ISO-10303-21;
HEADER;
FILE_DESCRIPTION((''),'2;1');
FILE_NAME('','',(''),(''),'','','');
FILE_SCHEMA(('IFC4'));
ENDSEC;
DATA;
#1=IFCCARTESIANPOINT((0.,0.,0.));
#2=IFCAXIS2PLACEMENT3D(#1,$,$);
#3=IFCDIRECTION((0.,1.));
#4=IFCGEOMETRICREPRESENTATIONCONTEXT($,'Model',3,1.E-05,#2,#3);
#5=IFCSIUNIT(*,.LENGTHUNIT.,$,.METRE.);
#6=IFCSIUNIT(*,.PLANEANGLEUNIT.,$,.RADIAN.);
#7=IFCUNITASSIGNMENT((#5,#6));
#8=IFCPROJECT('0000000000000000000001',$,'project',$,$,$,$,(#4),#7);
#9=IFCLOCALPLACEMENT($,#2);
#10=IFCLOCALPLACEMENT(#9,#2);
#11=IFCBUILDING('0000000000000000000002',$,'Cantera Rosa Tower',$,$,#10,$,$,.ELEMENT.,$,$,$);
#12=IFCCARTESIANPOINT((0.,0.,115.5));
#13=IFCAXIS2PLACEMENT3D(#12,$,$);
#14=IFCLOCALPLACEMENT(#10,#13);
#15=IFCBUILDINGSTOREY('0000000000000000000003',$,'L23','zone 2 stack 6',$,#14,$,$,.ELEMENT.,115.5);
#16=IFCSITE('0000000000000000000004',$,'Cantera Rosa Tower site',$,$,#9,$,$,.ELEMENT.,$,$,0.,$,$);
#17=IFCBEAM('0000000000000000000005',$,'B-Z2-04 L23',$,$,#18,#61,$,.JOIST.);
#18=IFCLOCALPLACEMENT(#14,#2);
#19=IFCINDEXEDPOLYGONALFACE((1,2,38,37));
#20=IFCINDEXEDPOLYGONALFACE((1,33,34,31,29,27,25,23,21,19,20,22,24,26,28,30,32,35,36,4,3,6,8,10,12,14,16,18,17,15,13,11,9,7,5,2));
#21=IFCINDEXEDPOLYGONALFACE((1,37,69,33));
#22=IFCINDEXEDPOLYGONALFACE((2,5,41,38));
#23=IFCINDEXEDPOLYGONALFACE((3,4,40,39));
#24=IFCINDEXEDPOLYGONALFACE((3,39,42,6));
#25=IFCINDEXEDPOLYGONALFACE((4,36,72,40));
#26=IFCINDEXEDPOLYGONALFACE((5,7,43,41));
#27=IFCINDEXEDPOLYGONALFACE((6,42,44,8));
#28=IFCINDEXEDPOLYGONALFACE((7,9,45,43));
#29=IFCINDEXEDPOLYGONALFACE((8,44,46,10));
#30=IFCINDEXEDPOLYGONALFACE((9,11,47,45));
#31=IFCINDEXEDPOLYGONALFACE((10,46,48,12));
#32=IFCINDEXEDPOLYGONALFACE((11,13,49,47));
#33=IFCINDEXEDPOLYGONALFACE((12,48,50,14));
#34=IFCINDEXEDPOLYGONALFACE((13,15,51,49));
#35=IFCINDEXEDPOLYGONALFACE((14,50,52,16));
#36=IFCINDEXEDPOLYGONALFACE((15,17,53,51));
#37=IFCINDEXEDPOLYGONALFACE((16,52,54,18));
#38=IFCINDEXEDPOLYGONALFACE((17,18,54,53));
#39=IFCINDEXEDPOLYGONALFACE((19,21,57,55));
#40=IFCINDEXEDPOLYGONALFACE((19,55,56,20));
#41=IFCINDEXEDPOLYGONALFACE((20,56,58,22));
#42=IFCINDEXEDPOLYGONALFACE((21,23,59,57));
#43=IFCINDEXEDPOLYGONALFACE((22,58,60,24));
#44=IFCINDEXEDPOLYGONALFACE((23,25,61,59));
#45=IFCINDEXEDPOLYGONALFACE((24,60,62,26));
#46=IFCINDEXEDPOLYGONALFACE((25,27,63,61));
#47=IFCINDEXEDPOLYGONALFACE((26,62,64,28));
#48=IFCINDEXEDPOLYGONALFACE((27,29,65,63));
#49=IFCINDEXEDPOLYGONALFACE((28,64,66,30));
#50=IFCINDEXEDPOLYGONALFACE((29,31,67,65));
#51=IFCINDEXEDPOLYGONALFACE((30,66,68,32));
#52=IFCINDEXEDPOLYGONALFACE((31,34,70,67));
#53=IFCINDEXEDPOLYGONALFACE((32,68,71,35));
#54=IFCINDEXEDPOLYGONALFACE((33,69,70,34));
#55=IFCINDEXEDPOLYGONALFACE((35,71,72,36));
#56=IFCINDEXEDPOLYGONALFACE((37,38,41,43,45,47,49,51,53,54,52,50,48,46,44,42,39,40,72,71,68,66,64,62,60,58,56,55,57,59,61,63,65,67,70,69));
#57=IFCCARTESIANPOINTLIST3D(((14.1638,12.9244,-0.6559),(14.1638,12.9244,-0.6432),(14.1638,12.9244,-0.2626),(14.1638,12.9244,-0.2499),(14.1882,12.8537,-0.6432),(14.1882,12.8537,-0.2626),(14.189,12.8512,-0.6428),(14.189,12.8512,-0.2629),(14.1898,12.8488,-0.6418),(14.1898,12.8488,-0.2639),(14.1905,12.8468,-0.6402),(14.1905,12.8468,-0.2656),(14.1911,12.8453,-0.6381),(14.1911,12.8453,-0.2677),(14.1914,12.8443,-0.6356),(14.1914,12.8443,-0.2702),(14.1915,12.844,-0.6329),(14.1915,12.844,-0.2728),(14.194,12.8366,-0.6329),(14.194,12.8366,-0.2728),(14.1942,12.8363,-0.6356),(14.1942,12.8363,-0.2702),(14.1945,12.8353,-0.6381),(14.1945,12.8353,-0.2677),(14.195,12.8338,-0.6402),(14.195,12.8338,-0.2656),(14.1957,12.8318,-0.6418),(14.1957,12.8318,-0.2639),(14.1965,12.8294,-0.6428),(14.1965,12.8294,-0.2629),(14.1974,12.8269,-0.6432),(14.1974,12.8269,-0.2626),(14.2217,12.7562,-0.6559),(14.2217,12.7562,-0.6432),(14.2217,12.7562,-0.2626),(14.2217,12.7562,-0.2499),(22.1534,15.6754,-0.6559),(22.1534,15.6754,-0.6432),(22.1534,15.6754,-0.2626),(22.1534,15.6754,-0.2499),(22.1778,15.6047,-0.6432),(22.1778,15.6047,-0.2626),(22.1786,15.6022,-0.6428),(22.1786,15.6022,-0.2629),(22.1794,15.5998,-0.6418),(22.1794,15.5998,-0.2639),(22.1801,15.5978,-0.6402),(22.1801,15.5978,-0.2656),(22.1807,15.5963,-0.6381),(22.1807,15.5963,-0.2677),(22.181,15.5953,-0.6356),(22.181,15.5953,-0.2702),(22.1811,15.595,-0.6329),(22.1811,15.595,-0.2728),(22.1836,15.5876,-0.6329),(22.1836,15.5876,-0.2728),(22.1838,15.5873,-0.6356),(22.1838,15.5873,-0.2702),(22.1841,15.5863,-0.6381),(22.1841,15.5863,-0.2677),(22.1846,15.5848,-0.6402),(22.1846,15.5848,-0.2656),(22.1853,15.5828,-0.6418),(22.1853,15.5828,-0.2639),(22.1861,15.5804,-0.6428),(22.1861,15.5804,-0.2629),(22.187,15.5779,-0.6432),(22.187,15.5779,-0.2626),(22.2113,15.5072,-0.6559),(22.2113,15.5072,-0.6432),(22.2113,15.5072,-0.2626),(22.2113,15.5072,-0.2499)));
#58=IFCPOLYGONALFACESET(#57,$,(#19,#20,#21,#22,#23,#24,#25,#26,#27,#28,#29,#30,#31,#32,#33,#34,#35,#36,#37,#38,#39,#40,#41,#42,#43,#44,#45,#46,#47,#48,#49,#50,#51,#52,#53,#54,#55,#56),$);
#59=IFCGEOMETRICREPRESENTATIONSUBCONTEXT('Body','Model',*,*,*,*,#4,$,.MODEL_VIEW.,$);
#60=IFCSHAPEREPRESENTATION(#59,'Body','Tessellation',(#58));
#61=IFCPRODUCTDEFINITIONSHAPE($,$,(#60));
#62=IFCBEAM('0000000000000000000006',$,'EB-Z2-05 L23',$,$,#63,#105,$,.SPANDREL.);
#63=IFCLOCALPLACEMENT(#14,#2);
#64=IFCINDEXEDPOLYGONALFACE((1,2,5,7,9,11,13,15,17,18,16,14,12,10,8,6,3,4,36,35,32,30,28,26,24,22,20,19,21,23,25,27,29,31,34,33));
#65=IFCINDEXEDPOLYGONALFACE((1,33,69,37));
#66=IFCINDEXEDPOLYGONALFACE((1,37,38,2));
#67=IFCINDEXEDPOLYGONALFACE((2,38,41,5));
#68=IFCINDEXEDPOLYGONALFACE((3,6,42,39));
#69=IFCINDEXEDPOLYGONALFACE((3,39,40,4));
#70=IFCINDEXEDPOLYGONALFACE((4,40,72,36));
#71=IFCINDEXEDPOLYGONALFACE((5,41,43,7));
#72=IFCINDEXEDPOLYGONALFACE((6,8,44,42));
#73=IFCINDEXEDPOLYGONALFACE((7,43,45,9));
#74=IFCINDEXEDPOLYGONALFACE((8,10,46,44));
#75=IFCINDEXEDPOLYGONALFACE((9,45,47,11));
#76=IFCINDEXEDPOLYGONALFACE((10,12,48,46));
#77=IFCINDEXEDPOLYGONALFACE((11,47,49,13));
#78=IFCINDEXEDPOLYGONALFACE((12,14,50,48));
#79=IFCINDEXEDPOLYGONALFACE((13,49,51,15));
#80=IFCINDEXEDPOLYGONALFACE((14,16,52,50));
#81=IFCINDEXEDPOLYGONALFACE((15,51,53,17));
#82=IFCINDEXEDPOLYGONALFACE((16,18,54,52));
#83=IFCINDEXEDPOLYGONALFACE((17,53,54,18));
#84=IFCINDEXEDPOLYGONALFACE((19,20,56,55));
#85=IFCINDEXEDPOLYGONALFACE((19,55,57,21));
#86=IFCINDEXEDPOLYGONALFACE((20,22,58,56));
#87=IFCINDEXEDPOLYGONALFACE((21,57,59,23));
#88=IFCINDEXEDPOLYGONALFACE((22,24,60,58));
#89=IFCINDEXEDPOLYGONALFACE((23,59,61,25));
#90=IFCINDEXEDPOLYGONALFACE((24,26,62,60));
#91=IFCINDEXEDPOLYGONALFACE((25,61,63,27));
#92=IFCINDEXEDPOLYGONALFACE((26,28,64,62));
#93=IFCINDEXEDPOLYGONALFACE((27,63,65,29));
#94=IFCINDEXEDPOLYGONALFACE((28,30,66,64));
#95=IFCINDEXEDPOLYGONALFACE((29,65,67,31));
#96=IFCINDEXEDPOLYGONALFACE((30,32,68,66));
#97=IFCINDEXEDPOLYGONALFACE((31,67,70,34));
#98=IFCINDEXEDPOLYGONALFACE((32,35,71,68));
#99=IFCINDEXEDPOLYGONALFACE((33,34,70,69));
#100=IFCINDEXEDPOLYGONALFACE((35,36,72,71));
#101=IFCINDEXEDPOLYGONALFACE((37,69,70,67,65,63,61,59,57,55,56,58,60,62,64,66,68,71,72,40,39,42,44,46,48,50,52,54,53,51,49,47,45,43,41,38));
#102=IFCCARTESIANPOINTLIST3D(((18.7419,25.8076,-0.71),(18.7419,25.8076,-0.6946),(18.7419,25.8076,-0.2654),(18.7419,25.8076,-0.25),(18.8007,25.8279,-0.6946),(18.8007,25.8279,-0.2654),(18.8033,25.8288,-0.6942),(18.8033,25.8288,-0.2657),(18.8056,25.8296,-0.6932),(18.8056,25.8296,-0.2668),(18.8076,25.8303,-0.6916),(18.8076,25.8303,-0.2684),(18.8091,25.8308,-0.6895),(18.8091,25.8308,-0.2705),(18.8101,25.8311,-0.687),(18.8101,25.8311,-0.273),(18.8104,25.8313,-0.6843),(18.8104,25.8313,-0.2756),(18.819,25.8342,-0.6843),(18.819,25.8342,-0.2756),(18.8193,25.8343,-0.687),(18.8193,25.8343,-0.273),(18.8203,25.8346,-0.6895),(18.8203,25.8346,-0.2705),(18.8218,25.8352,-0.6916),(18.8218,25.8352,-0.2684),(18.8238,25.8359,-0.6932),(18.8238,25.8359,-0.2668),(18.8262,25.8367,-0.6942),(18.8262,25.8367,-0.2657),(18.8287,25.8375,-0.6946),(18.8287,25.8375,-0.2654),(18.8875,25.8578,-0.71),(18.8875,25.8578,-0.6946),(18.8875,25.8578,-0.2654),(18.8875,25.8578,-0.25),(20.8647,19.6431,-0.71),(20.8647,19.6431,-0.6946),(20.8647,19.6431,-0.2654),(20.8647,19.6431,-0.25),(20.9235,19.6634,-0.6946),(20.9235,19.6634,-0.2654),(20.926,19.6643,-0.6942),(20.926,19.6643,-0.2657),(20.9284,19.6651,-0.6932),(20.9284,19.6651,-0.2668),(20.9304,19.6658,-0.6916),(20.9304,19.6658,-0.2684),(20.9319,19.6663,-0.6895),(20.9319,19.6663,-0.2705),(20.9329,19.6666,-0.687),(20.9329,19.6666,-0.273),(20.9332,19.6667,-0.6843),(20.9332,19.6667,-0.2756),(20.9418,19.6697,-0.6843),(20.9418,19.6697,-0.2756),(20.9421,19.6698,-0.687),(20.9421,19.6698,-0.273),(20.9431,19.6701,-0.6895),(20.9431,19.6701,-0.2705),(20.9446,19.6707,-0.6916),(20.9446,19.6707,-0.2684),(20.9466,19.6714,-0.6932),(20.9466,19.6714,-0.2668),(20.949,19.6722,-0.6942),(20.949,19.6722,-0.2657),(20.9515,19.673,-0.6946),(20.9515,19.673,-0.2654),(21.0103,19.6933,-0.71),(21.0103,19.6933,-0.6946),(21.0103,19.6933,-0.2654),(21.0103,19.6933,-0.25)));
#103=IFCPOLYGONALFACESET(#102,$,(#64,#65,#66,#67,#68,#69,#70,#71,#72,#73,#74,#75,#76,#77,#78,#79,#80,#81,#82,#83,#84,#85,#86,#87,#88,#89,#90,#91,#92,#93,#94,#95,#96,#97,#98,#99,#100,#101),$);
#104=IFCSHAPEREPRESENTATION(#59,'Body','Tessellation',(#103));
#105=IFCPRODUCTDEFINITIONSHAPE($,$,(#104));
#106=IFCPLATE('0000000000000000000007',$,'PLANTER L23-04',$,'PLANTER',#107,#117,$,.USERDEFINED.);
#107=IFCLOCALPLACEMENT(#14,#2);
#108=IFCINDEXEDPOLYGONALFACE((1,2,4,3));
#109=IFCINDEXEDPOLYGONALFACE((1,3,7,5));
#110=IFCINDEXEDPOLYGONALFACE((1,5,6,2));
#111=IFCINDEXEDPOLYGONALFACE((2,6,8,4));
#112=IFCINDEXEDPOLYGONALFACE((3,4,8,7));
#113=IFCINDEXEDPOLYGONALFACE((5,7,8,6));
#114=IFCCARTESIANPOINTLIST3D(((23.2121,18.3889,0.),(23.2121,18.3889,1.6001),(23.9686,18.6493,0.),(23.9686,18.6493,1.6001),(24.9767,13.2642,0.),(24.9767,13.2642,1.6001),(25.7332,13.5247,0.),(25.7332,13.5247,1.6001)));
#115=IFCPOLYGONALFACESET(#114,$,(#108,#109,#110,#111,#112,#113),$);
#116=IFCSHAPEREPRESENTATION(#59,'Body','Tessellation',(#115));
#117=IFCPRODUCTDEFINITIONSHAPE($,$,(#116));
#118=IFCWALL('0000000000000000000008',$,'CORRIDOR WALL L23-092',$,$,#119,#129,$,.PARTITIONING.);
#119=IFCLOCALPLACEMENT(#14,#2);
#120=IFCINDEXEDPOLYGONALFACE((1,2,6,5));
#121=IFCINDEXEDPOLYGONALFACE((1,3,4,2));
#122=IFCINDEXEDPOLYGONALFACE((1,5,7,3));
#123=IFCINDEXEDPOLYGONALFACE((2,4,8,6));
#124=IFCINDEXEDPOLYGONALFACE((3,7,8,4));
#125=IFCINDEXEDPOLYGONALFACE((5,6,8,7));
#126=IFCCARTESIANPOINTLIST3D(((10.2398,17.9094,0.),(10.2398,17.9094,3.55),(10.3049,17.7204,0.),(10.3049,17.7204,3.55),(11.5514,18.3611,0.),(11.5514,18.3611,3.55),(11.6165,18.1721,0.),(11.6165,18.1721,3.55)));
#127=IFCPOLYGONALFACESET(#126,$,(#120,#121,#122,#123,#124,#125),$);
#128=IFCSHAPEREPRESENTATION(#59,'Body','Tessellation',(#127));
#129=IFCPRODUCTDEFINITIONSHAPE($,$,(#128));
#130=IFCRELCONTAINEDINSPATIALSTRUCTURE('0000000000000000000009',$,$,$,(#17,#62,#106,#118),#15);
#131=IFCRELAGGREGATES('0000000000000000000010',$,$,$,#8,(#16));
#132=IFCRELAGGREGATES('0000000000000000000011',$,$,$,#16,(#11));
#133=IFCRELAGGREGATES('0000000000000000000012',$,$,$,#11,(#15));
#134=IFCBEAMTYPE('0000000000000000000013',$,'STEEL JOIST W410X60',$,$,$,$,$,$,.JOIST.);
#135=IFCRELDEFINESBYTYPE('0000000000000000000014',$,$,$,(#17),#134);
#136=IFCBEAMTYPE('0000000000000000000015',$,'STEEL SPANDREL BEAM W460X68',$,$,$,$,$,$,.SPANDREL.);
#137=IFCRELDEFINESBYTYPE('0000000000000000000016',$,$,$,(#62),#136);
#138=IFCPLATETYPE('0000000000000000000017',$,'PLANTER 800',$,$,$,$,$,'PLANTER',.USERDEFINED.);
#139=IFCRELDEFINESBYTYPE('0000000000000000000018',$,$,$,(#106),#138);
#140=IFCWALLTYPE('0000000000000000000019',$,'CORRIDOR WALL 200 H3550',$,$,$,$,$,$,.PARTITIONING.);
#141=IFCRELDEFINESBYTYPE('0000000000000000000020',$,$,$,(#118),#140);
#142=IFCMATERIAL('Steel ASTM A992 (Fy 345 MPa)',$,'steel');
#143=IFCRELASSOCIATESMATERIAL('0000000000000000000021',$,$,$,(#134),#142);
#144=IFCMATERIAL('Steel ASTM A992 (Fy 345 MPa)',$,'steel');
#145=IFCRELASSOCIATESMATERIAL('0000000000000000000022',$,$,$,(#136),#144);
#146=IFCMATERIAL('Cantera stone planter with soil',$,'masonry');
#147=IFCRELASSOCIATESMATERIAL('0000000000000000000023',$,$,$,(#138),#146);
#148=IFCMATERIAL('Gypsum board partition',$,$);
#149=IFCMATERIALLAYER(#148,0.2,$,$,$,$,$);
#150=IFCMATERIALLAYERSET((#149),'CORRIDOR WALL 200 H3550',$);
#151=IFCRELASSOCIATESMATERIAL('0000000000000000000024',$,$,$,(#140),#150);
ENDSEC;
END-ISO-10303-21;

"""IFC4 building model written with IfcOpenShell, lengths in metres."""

from ifc_helpers import new_model, si_unit, direction, frame, frame_2d, origin, origin_2d, place, context, subcontext, project, spatial, rectangle, i_section, extrude, material, layer, layer_set, material_profile, profile_set, type_object, element, save


model = new_model("IFC4")

# Units and contexts
model_context = context("Model", 3, precision=1e-05, world=origin(), true_north=direction((0.0, 1.0)))
body_context = subcontext(model_context, "Body", "Model", "MODEL_VIEW")
ifc_project = project(units=[si_unit("LENGTHUNIT", "METRE"), si_unit("PLANEANGLEUNIT", "RADIAN")], contexts=[model_context])

# Site, building, storey
site_placement = place(None, origin())
site = spatial("IfcSite", under=ifc_project, at=site_placement, Name="Cantera Rosa Tower site", CompositionType="ELEMENT", RefElevation=0.0)
building_placement = place(site_placement, origin())
building = spatial("IfcBuilding", under=site, at=building_placement, Name="Cantera Rosa Tower", CompositionType="ELEMENT")
storey_placement = place(building_placement, frame((0.0, 0.0, 115.5)))
storey = spatial("IfcBuildingStorey", under=building, at=storey_placement, Name="L23", Description="zone 2 stack 6", CompositionType="ELEMENT", Elevation=115.5)

# Beams
ifc_material_1 = material(Name="Steel ASTM A992 (Fy 345 MPa)", Category="steel")
ifc_material_profile_1 = material_profile(ifc_material_1, i_section(OverallWidth=0.178, OverallDepth=0.406, WebThickness=0.0078, FlangeThickness=0.0127, FilletRadius=0.0103, at=origin_2d()), Name="W410X60")
ifc_profile_set_1 = profile_set([ifc_material_profile_1], Name="Steel ASTM A992 (Fy 345 MPa)")
beam_type_1 = type_object("IfcBeamType", Name="STEEL JOIST W410X60", PredefinedType="JOIST", material=ifc_profile_set_1)
beam_1_placement = place(storey_placement, frame((22.1824, 15.5913, -0.4529), z_axis=(-0.94552, -0.325565, 0.0), x_axis=(0.325565, -0.94552, 0.0)))
element("IfcBeam", 1, at=beam_1_placement, inside=storey, type_object=beam_type_1, Name="B-Z2-04 L23", PredefinedType="JOIST", context=body_context, shape_type="SweptSolid", body=[
    extrude(i_section(OverallWidth=0.178, OverallDepth=0.406, WebThickness=0.0078, FlangeThickness=0.0127, FilletRadius=0.0103, at=origin_2d()), origin(), (0.0, 0.0, 1.0), 8.45),
])
ifc_material_2 = material(Name="Steel ASTM A992 (Fy 345 MPa)", Category="steel")
ifc_material_profile_2 = material_profile(ifc_material_2, i_section(OverallWidth=0.1541, OverallDepth=0.46, WebThickness=0.009, FlangeThickness=0.0154, FilletRadius=0.0103, at=origin_2d()), Name="W460X68")
ifc_profile_set_2 = profile_set([ifc_material_profile_2], Name="Steel ASTM A992 (Fy 345 MPa)")
beam_type_2 = type_object("IfcBeamType", Name="STEEL SPANDREL BEAM W460X68", PredefinedType="SPANDREL", material=ifc_profile_set_2)
beam_2_placement = place(storey_placement, frame((20.9375, 19.6682, -0.48), z_axis=(-0.325593, 0.94551, 0.0), x_axis=(-0.94551, -0.325593, 0.0)))
element("IfcBeam", 2, at=beam_2_placement, inside=storey, type_object=beam_type_2, Name="EB-Z2-05 L23", PredefinedType="SPANDREL", context=body_context, shape_type="SweptSolid", body=[
    extrude(i_section(OverallWidth=0.1541, OverallDepth=0.46, WebThickness=0.009, FlangeThickness=0.0154, FilletRadius=0.0103, at=origin_2d()), origin(), (0.0, 0.0, 1.0), 6.5198),
])

# Plate
ifc_material_3 = material(Name="Cantera stone planter with soil", Category="masonry")
plate_type = type_object("IfcPlateType", Name="PLANTER 800", ElementType="PLANTER", PredefinedType="USERDEFINED", material=ifc_material_3)
plate_placement = place(storey_placement, frame((24.4727, 15.9568, 0.0), z_axis=(0.0, 0.0, 1.0), x_axis=(-0.325568, 0.945519, 0.0)))
element("IfcPlate", 3, at=plate_placement, inside=storey, type_object=plate_type, Name="PLANTER L23-04", ObjectType="PLANTER", PredefinedType="USERDEFINED", context=body_context, shape_type="SweptSolid", body=[
    extrude(rectangle(XDim=5.4199, YDim=0.8, at=origin_2d()), origin(), (0.0, 0.0, 1.0), 1.6001),
])

# Wall
ifc_material_4 = material(Name="Gypsum board partition")
ifc_layer_1 = layer(ifc_material_4, 0.2)
ifc_layer_set_1 = layer_set([ifc_layer_1], Name="CORRIDOR WALL 200 H3550")
wall_type_1 = type_object("IfcWallType", Name="CORRIDOR WALL 200 H3550", PredefinedType="PARTITIONING", material=ifc_layer_set_1)
wall_1_placement = place(storey_placement, frame((11.584, 18.2666, 0.0), z_axis=(0.0, 0.0, 1.0), x_axis=(-0.945504, -0.325611, 0.0)))
element("IfcWall", 4, at=wall_1_placement, inside=storey, type_object=wall_type_1, Name="CORRIDOR WALL L23-092", PredefinedType="PARTITIONING", context=body_context, shape_type="SweptSolid", body=[
    extrude(rectangle(XDim=1.3872, YDim=0.2, at=frame_2d((0.6936, 0.0))), origin(), (0.0, 0.0, 1.0), 3.55),
])

save(model, "model.ifc")
